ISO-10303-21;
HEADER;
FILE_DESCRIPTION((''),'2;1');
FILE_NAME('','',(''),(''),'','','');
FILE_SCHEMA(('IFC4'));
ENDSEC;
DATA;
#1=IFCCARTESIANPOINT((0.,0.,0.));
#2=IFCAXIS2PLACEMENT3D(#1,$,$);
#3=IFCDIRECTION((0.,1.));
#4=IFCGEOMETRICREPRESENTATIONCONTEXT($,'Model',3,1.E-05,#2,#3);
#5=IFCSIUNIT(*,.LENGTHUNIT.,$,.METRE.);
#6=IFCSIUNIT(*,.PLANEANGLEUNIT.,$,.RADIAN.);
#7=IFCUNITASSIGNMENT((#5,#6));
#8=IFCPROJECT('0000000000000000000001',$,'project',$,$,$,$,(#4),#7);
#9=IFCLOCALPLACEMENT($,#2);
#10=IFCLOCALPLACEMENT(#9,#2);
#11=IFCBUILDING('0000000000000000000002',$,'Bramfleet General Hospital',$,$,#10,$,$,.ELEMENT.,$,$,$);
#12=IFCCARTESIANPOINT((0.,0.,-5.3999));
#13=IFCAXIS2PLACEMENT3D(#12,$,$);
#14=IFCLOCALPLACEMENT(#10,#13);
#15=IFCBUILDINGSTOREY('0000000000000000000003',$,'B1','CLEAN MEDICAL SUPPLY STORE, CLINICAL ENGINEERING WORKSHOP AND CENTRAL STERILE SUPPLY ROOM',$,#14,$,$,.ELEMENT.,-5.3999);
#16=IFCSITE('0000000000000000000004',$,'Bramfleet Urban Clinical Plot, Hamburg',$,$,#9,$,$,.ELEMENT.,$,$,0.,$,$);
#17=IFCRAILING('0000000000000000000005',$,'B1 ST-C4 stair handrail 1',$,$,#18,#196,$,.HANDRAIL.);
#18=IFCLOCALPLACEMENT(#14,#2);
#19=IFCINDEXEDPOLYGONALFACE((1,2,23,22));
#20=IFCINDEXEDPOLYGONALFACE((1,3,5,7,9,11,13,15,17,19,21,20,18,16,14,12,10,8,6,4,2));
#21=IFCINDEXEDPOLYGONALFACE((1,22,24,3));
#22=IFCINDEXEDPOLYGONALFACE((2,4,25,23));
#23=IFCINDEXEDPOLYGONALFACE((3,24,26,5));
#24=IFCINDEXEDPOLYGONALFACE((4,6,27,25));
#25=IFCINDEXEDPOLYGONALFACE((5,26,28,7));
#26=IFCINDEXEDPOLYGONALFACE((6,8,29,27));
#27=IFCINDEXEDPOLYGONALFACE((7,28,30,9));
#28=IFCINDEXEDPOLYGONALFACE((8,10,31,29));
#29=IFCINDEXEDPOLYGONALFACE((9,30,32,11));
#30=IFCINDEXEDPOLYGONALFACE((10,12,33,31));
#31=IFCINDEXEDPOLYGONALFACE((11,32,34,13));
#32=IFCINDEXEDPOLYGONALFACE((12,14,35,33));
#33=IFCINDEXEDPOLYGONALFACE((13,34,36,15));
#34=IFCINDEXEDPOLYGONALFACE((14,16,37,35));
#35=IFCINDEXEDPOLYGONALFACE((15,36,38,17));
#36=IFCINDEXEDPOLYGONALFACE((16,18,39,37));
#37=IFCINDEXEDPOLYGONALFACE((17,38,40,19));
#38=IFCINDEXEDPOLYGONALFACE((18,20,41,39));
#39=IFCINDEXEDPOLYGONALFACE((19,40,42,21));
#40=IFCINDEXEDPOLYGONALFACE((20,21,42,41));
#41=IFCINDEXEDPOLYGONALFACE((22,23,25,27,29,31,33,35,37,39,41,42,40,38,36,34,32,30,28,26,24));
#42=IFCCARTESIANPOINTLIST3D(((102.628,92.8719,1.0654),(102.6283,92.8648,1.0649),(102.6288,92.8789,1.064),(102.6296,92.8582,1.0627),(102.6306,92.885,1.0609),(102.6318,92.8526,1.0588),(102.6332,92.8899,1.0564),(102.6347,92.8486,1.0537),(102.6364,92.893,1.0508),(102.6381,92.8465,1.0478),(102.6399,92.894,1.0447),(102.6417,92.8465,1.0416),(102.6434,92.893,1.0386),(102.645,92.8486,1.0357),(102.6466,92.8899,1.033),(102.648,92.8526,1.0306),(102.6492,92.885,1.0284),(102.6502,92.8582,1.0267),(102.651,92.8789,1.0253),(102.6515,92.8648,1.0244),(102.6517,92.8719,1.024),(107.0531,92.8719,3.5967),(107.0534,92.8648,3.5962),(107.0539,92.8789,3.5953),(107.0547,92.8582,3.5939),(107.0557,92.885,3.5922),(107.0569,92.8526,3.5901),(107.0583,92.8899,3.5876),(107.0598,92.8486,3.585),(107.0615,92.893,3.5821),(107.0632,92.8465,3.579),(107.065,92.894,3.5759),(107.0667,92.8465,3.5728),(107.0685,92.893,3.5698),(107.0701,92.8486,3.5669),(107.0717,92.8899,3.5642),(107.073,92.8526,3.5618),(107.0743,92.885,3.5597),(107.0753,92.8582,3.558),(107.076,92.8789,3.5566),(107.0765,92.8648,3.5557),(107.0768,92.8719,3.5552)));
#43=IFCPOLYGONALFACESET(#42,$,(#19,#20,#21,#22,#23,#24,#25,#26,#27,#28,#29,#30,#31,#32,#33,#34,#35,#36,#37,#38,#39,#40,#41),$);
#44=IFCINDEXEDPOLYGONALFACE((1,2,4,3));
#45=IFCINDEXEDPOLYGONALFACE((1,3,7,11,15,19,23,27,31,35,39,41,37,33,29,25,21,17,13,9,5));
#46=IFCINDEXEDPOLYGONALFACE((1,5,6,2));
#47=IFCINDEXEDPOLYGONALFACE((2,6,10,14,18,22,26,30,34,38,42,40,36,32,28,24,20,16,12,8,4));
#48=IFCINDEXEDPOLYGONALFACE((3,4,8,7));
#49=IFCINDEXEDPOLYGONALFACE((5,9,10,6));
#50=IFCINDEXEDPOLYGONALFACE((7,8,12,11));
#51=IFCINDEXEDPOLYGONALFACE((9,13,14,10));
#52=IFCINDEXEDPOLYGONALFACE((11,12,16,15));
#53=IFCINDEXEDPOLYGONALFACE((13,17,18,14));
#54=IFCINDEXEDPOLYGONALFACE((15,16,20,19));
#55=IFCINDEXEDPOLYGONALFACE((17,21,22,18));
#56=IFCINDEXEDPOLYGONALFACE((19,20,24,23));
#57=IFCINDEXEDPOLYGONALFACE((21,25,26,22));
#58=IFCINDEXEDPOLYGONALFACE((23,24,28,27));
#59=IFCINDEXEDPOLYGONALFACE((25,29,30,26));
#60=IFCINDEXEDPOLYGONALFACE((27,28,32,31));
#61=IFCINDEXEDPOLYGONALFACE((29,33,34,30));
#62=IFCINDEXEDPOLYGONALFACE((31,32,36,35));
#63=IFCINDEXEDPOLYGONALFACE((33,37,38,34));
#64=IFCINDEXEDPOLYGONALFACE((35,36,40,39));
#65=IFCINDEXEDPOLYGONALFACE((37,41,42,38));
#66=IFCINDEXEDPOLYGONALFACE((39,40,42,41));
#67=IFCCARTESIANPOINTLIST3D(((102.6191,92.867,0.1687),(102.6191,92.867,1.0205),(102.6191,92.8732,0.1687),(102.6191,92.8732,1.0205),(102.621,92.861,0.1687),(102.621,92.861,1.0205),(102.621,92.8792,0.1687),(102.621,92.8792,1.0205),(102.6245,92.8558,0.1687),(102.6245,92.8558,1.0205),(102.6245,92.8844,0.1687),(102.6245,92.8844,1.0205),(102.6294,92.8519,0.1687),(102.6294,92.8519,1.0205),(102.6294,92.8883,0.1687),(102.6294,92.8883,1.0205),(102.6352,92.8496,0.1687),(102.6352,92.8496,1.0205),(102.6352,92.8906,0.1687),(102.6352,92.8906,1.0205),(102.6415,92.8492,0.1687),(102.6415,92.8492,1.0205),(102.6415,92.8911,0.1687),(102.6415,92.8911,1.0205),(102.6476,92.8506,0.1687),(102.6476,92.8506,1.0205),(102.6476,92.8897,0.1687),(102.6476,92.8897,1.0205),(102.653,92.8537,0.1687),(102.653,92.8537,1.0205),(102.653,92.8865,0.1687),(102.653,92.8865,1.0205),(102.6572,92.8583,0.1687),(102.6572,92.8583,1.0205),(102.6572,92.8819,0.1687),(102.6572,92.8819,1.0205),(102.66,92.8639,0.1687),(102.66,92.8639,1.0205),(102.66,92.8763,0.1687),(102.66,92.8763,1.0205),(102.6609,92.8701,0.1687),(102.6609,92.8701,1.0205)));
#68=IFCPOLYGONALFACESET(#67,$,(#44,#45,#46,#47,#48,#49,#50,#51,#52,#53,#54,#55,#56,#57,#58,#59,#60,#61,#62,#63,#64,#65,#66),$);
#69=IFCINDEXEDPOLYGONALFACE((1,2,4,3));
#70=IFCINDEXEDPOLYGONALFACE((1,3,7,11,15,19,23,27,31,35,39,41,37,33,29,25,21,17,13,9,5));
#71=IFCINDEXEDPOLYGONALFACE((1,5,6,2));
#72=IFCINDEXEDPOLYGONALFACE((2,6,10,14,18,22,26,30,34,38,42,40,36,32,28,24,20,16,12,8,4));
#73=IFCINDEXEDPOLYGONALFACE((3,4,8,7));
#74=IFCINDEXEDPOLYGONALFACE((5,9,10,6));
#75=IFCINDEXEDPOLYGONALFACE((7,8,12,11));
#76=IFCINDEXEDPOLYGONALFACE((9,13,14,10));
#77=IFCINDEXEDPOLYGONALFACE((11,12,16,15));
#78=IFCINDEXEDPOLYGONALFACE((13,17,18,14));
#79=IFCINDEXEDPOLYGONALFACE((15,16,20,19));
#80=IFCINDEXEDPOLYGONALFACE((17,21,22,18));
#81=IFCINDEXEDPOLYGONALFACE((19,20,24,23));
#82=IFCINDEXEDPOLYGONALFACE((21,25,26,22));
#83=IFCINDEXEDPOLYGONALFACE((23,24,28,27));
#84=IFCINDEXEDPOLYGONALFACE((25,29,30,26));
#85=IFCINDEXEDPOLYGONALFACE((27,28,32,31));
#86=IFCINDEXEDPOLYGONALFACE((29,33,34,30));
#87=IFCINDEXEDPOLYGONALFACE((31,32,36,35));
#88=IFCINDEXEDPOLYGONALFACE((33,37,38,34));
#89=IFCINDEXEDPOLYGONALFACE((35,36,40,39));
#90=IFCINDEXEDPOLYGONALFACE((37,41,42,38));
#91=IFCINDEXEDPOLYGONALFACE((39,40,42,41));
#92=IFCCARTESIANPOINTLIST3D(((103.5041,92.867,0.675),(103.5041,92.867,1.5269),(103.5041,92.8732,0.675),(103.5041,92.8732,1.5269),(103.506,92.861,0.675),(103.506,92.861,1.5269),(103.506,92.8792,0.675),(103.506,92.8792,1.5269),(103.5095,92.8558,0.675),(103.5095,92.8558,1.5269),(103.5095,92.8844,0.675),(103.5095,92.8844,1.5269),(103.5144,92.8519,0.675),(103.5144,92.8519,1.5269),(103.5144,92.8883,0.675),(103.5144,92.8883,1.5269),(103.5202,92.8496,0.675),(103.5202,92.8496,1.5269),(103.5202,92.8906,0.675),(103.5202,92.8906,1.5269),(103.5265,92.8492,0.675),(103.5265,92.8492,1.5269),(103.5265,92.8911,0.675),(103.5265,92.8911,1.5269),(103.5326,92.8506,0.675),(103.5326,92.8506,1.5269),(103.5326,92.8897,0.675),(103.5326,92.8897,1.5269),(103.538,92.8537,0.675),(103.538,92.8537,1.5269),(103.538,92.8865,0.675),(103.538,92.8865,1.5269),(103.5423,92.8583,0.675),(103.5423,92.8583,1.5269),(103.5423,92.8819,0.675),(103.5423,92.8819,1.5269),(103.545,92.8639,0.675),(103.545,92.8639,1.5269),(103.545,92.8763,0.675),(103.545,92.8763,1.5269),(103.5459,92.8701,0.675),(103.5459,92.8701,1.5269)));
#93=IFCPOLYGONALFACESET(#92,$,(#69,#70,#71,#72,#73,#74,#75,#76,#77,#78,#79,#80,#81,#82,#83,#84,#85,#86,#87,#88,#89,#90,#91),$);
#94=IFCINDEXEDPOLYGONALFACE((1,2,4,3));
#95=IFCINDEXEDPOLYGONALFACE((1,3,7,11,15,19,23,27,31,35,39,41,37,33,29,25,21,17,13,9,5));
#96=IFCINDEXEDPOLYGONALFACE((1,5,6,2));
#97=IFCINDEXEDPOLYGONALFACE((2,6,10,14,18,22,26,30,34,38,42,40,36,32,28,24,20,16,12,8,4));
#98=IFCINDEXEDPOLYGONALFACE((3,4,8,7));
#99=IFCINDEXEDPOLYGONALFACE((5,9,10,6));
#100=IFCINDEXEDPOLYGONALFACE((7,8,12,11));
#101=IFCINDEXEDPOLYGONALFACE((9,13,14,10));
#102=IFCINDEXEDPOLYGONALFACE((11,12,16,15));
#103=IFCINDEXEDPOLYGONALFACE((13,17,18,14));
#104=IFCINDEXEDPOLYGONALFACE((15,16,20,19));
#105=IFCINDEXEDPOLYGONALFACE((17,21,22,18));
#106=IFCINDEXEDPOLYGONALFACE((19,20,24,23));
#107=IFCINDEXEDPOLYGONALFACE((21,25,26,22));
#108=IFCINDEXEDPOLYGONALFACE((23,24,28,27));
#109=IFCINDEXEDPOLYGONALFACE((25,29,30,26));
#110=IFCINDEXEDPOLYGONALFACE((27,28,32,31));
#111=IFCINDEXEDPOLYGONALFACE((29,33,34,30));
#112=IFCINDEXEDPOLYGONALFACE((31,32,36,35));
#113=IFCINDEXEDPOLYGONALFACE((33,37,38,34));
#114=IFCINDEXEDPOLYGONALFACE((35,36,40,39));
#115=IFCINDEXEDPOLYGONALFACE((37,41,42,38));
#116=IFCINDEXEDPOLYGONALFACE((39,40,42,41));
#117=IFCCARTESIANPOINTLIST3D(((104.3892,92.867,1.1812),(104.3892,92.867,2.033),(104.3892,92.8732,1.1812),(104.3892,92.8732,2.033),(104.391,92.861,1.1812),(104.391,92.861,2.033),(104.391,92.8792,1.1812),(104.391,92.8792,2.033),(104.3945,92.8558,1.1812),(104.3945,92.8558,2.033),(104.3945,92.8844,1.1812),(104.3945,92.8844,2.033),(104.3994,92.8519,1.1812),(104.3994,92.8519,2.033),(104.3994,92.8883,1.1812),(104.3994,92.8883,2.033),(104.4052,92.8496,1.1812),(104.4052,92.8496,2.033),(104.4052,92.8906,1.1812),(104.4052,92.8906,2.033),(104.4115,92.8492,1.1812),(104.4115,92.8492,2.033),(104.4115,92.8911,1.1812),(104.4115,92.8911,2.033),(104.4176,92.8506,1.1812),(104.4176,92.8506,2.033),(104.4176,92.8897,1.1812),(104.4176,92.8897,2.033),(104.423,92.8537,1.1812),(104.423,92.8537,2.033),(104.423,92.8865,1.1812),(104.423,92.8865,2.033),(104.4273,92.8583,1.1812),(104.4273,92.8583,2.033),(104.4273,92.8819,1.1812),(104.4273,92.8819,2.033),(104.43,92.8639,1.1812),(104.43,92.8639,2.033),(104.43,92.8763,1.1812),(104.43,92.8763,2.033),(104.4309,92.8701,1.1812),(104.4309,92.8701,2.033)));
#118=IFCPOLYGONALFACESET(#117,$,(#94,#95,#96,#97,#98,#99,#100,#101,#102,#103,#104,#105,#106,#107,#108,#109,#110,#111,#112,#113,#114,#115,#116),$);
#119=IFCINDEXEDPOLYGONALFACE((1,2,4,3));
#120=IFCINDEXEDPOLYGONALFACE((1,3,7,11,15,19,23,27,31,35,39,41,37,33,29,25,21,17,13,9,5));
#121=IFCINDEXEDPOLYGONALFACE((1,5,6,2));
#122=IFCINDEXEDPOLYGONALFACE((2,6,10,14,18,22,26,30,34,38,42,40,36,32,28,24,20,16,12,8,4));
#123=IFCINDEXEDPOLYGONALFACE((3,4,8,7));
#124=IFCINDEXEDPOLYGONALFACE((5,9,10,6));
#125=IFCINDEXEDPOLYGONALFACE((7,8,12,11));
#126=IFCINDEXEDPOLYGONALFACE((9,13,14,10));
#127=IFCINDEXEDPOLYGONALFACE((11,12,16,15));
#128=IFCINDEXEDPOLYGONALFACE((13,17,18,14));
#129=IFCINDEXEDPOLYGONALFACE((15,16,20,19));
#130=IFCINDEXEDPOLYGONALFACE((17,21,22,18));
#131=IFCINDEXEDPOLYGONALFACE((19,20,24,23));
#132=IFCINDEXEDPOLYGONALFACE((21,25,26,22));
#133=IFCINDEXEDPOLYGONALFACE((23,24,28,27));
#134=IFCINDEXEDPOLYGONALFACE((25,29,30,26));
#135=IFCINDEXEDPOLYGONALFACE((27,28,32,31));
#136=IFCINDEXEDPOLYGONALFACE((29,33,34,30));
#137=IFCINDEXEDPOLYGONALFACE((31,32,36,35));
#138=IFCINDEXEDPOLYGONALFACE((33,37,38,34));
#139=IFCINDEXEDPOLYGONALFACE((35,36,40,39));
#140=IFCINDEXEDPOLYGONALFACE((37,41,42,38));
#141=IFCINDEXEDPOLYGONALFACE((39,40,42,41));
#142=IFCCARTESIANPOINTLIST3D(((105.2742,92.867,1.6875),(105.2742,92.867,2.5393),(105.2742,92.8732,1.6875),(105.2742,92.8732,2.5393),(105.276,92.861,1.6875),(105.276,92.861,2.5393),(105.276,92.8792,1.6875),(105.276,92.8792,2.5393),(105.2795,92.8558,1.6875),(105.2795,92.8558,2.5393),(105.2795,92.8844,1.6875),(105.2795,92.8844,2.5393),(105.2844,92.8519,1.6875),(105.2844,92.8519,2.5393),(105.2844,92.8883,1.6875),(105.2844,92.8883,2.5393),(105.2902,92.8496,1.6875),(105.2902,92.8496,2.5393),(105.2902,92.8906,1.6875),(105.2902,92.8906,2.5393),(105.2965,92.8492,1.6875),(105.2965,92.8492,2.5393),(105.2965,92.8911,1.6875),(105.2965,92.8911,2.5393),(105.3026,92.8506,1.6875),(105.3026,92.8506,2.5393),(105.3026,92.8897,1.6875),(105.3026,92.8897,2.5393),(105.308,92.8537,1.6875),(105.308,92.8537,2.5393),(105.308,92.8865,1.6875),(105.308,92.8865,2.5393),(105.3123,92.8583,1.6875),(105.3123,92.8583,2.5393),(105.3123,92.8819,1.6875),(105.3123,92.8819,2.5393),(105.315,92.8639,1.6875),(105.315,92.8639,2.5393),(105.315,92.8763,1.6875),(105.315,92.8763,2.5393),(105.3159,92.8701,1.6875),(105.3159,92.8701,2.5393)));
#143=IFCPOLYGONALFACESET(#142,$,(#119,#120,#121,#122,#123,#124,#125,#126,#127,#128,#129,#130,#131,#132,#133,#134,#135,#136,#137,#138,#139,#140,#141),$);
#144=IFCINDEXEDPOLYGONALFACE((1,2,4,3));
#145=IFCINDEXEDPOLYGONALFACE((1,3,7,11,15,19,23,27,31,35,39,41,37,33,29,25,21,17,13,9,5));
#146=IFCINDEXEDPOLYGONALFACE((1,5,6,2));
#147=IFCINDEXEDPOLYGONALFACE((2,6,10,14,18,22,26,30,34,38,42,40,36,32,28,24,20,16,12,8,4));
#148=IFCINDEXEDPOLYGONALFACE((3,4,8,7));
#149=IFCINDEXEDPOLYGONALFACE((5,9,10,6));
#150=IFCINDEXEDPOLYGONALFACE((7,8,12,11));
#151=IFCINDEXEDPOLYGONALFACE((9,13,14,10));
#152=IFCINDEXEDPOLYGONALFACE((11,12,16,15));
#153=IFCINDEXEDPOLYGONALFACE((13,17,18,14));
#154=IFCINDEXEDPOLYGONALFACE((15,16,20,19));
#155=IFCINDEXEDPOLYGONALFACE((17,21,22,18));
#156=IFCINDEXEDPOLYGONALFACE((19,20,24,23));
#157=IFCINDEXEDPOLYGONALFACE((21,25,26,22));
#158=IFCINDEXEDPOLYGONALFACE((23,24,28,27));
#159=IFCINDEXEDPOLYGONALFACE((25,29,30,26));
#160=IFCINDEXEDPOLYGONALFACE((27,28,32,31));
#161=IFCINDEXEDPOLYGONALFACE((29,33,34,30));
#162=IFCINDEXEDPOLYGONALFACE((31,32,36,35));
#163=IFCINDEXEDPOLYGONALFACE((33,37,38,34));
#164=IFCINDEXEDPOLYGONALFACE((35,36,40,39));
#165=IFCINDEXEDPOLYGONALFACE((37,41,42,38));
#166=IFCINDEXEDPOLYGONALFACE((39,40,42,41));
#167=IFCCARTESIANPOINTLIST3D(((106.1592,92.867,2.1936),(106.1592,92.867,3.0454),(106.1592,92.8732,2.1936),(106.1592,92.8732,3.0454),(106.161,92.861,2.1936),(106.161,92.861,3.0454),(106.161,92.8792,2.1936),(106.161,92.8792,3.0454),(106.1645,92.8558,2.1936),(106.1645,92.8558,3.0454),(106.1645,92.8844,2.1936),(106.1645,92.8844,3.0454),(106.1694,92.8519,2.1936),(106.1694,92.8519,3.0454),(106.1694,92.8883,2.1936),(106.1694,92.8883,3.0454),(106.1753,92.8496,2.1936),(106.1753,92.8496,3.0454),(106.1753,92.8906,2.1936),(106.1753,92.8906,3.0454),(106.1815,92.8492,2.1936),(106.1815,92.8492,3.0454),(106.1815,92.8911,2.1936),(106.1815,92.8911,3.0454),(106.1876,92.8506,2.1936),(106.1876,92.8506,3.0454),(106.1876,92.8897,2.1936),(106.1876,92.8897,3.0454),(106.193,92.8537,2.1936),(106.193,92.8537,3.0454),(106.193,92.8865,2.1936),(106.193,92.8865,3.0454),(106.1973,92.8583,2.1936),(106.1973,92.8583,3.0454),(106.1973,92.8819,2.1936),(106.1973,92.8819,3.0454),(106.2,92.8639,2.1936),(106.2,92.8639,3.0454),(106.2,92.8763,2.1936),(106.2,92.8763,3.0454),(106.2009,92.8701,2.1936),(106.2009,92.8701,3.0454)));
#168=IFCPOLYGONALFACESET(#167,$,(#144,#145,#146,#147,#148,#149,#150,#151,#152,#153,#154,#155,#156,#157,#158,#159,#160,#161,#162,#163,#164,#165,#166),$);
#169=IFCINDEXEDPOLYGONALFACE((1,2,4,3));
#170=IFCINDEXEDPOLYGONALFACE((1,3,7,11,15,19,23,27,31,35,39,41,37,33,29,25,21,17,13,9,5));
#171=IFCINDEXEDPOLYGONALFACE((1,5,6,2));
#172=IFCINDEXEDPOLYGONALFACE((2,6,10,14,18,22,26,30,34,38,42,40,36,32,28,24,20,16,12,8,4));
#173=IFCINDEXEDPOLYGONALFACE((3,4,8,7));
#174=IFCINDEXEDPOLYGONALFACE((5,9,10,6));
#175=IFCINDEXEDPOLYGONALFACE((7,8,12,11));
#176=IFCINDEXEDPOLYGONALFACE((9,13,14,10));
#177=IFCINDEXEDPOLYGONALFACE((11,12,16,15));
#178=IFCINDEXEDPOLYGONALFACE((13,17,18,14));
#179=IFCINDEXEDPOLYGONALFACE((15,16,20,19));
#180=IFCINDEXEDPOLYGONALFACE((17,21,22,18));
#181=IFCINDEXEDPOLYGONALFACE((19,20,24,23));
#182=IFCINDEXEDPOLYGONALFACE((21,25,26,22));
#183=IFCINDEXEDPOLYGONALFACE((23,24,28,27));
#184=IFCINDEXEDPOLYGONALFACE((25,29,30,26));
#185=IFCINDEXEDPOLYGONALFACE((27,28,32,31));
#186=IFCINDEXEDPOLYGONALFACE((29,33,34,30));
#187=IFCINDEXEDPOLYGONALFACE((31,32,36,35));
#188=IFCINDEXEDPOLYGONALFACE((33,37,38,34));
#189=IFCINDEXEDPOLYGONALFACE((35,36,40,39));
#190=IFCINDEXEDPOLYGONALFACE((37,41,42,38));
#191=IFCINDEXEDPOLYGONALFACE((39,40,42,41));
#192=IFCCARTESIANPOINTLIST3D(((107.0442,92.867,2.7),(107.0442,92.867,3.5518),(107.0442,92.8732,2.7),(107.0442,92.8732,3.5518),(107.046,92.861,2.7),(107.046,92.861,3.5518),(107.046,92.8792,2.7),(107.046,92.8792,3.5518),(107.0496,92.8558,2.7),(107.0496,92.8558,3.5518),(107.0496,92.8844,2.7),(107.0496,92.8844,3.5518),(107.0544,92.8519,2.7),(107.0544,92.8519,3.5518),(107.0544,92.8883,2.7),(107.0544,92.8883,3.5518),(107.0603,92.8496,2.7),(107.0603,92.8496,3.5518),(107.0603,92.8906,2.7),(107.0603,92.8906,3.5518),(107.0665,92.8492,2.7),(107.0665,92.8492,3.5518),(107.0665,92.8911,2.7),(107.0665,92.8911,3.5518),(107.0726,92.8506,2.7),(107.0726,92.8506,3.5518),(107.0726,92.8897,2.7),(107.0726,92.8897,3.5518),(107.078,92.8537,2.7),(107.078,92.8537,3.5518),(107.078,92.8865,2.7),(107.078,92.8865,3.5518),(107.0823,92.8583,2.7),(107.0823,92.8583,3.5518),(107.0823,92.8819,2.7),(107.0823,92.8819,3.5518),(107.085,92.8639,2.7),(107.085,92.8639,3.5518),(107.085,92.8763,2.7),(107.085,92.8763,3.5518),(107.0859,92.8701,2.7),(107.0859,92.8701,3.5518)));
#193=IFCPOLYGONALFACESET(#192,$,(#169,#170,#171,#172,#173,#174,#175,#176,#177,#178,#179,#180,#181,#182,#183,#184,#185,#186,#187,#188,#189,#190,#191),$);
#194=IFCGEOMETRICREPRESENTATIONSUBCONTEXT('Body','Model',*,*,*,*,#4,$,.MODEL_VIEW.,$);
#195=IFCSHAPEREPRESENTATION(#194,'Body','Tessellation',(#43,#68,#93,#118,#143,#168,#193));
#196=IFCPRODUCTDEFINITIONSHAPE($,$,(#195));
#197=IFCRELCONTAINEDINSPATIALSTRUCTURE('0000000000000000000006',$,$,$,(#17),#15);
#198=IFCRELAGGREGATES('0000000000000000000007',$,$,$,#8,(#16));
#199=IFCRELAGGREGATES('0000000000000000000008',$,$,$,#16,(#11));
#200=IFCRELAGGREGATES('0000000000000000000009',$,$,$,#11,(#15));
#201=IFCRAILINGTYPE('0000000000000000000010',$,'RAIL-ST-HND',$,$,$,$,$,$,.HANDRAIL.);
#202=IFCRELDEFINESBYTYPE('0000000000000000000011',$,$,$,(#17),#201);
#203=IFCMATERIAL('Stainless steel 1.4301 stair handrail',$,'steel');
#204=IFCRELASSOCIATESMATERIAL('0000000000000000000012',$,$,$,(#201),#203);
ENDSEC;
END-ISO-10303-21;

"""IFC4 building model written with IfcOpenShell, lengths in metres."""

from ifc_helpers import new_model, si_unit, direction, frame, origin, origin_2d, place, context, subcontext, project, spatial, circle, extrude, material, type_object, element, save


model = new_model("IFC4")

# Units and contexts
model_context = context("Model", 3, precision=1e-05, world=origin(), true_north=direction((0.0, 1.0)))
body_context = subcontext(model_context, "Body", "Model", "MODEL_VIEW")
ifc_project = project(units=[si_unit("LENGTHUNIT", "METRE"), si_unit("PLANEANGLEUNIT", "RADIAN")], contexts=[model_context])

# Site, building, storey
site_placement = place(None, origin())
site = spatial("IfcSite", under=ifc_project, at=site_placement, Name="Bramfleet Urban Clinical Plot, Hamburg", CompositionType="ELEMENT", RefElevation=0.0)
building_placement = place(site_placement, origin())
building = spatial("IfcBuilding", under=site, at=building_placement, Name="Bramfleet General Hospital", CompositionType="ELEMENT")
storey_placement = place(building_placement, frame((0.0, 0.0, -5.3999)))
storey = spatial("IfcBuildingStorey", under=building, at=storey_placement, Name="B1", Description="CLEAN MEDICAL SUPPLY STORE, CLINICAL ENGINEERING WORKSHOP AND CENTRAL STERILE SUPPLY ROOM", CompositionType="ELEMENT", Elevation=-5.3999)

# Railing
ifc_material_1 = material(Name="Stainless steel 1.4301 stair handrail", Category="steel")
railing_type_1 = type_object("IfcRailingType", Name="RAIL-ST-HND", PredefinedType="HANDRAIL", material=ifc_material_1)
railing_1_placement = place(storey_placement, frame((102.6399, 92.8701, 0.1687)))
element("IfcRailing", 1, at=railing_1_placement, inside=storey, type_object=railing_type_1, Name="B1 ST-C4 stair handrail 1", PredefinedType="HANDRAIL", context=body_context, shape_type="SweptSolid", body=[
    extrude(circle(Radius=0.0239, at=origin_2d()), frame((0.0, 0.0, 0.876), z_axis=(0.868019, 0.0, 0.496531), x_axis=(0.0, 1.0, 0.0)), (0.0, 0.0, 1.0), 5.0979),
    extrude(circle(Radius=0.021, at=origin_2d()), origin(), (0.0, 0.0, 1.0), 0.8518),
    extrude(circle(Radius=0.021, at=origin_2d()), frame((0.885, 0.0, 0.5063)), (0.0, 0.0, 1.0), 0.8518),
    extrude(circle(Radius=0.021, at=origin_2d()), frame((1.77, 0.0, 1.0125)), (0.0, 0.0, 1.0), 0.8518),
    extrude(circle(Radius=0.021, at=origin_2d()), frame((2.655, 0.0, 1.5188)), (0.0, 0.0, 1.0), 0.8518),
    extrude(circle(Radius=0.021, at=origin_2d()), frame((3.54, 0.0, 2.0249)), (0.0, 0.0, 1.0), 0.8518),
    extrude(circle(Radius=0.021, at=origin_2d()), frame((4.425, 0.0, 2.5312)), (0.0, 0.0, 1.0), 0.8518),
])

save(model, "model.ifc")
